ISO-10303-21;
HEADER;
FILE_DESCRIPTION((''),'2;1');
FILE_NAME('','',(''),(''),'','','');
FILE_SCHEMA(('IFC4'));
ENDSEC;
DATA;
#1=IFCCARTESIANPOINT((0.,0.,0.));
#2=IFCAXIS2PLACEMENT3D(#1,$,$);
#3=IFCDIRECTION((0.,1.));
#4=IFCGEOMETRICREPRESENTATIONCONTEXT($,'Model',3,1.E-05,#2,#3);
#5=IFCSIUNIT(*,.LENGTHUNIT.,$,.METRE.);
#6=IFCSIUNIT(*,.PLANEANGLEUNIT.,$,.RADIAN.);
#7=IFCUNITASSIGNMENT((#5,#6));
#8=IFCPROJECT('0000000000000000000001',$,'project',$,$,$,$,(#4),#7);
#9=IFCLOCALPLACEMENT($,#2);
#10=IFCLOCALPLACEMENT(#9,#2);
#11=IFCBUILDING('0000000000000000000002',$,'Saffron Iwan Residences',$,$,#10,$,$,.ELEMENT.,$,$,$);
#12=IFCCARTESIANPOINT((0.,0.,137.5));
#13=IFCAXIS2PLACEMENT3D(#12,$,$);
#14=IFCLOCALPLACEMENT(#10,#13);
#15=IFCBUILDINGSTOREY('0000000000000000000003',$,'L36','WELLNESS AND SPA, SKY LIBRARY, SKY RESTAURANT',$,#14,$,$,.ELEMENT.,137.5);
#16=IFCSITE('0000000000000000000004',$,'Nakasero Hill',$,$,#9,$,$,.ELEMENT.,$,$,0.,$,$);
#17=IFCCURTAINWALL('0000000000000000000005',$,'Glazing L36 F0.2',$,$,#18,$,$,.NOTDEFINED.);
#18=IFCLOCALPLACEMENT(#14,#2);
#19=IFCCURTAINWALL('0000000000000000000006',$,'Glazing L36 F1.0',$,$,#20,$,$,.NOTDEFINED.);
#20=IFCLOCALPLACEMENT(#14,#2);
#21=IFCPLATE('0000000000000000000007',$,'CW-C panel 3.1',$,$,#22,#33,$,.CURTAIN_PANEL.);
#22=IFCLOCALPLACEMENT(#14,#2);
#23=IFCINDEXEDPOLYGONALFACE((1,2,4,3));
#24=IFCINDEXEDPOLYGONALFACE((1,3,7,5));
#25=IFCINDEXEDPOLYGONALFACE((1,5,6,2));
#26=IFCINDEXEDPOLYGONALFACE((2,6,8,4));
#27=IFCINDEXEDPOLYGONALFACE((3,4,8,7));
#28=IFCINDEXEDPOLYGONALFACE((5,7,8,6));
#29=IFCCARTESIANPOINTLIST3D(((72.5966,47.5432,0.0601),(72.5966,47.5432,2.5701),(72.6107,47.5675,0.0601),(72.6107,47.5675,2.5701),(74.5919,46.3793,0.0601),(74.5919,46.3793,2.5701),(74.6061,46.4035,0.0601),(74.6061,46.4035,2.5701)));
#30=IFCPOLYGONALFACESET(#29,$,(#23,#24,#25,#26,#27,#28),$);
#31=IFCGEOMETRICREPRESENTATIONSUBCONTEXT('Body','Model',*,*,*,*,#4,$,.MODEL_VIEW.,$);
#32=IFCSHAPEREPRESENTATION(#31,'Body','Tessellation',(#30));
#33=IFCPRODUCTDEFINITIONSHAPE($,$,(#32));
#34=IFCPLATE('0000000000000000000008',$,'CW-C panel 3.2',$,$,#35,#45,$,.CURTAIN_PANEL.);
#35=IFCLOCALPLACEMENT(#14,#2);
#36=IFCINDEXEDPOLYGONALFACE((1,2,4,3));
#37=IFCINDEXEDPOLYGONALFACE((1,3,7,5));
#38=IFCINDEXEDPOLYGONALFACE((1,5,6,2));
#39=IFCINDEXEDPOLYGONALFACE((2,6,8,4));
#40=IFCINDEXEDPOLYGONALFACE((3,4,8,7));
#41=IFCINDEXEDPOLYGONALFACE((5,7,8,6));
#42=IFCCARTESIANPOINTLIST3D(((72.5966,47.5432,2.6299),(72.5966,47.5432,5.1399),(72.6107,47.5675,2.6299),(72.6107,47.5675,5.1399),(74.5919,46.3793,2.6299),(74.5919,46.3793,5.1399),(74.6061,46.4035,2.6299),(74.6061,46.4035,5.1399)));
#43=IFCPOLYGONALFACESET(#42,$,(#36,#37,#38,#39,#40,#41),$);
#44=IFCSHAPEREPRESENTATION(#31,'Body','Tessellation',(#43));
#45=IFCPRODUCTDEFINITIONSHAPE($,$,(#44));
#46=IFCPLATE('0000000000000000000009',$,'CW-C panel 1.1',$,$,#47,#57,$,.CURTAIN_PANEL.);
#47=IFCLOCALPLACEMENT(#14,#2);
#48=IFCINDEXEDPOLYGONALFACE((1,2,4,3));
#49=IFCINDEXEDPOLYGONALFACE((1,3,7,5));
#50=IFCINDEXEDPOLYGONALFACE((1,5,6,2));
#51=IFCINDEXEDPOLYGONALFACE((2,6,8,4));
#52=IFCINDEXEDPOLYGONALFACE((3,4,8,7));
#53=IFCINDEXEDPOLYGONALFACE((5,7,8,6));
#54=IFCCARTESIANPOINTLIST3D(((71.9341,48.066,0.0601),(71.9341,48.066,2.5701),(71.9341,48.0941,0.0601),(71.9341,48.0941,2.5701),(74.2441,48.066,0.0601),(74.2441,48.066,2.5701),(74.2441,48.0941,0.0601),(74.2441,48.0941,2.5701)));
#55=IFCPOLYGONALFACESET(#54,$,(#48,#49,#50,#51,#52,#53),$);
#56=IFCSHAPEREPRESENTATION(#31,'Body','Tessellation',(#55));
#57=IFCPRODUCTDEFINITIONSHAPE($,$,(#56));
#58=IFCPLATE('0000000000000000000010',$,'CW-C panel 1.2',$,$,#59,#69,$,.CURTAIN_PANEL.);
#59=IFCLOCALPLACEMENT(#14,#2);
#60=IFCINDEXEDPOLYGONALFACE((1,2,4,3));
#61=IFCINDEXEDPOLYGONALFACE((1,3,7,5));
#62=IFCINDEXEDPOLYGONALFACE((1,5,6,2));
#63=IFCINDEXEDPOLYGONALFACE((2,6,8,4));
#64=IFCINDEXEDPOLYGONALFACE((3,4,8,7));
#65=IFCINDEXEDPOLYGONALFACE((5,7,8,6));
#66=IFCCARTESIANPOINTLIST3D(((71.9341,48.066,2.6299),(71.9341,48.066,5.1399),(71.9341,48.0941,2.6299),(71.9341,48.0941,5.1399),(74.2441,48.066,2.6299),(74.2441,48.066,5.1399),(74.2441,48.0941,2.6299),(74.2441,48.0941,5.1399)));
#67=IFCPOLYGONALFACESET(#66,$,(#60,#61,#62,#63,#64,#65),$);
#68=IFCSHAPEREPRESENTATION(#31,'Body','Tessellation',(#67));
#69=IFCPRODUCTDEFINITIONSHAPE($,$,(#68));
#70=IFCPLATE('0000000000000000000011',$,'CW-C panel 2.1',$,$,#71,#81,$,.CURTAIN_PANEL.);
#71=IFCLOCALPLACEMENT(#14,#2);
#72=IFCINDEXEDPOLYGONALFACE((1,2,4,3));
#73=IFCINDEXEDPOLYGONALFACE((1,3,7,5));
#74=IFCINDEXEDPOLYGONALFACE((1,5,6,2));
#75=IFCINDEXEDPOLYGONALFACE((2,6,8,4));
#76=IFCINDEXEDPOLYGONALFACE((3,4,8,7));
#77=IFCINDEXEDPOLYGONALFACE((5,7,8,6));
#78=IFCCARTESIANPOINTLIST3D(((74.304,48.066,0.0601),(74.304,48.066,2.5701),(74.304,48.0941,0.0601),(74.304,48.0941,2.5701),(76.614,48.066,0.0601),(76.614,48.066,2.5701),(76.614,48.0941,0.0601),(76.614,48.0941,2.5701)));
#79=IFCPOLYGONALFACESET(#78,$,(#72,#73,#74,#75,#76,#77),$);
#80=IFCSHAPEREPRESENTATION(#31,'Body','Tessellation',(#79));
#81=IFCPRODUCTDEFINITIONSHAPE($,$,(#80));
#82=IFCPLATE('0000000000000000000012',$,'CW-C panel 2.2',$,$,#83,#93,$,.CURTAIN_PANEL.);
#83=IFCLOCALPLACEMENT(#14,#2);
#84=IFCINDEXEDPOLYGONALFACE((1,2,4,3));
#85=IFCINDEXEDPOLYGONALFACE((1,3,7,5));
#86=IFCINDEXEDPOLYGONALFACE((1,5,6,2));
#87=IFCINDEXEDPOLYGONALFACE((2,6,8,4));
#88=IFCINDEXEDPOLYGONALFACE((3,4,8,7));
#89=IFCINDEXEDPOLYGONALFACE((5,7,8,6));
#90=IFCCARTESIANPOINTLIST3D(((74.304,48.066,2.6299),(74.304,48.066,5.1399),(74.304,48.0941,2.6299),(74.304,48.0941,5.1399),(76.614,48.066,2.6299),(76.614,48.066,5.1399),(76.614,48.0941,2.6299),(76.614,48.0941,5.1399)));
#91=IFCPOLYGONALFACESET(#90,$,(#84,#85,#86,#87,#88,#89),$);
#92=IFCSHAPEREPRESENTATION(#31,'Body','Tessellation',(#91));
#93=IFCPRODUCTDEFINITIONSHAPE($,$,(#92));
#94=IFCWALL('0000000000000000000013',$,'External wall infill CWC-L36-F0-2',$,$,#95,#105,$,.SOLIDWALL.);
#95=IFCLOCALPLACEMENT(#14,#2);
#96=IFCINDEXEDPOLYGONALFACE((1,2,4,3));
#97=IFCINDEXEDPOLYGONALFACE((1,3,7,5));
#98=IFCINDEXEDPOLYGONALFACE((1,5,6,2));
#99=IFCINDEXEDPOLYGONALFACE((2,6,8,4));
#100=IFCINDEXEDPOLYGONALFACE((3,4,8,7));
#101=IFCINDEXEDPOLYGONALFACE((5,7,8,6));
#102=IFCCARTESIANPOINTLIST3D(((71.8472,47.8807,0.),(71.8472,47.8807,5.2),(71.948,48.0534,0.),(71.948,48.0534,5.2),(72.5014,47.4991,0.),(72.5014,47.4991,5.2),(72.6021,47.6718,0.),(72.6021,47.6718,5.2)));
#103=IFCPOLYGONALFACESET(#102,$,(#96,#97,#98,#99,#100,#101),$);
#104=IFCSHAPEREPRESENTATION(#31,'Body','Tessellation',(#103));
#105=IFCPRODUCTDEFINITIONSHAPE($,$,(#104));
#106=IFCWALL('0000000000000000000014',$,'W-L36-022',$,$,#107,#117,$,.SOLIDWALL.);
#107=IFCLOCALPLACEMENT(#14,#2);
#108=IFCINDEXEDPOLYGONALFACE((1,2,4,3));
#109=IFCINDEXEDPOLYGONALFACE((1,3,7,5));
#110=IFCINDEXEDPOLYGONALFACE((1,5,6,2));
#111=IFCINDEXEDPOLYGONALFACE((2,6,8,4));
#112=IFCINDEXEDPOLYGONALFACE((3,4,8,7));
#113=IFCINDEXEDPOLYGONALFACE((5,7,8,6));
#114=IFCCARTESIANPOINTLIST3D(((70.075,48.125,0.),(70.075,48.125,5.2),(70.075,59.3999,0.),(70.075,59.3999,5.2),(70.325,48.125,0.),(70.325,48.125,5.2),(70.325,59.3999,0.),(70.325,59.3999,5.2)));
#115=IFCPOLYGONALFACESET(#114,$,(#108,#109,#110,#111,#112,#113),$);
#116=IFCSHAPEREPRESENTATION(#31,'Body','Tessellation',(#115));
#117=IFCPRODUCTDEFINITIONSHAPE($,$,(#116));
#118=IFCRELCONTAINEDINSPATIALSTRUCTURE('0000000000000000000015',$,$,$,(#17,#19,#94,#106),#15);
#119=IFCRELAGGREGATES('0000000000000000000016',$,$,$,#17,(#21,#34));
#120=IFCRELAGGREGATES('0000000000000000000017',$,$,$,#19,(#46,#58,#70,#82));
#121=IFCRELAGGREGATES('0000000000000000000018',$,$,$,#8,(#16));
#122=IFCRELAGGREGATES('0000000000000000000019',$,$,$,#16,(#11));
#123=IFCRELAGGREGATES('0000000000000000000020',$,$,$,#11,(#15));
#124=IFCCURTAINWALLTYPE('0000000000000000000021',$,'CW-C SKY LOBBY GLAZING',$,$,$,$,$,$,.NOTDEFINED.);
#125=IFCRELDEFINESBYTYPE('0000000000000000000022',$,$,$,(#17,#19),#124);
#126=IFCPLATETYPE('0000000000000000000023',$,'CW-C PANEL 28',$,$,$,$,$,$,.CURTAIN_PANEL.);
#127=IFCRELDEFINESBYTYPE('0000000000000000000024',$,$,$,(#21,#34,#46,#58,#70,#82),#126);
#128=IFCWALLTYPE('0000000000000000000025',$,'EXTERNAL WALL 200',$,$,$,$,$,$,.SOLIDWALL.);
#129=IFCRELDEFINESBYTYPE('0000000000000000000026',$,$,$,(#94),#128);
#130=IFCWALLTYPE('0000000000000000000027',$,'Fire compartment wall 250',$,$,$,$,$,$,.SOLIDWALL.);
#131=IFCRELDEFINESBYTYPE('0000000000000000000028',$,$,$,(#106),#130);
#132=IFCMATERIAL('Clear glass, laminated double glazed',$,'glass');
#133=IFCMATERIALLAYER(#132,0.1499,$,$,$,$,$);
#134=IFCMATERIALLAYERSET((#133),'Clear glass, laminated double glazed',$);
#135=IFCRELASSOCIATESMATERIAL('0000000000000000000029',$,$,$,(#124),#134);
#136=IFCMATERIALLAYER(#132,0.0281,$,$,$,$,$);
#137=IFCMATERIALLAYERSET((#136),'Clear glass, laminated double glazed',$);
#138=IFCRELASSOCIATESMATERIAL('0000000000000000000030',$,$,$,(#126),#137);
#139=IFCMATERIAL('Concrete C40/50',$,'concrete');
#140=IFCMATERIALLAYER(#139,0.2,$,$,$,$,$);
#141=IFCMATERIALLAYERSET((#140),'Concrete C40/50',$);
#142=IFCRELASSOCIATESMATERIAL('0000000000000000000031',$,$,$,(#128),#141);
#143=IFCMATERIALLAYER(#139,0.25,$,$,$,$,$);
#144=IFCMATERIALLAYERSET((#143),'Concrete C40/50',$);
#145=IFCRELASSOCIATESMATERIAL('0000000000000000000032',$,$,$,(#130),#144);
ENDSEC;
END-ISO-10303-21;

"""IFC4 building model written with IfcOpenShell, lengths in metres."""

from ifc_helpers import new_model, si_unit, direction, frame, frame_2d, origin, origin_2d, place, context, subcontext, project, spatial, rectangle, extrude, source, transform, mapped, material, layer, layer_set, type_object, element, aggregate, save


model = new_model("IFC4")

# Units and contexts
model_context = context("Model", 3, precision=1e-05, world=origin(), true_north=direction((0.0, 1.0)))
body_context = subcontext(model_context, "Body", "Model", "MODEL_VIEW")
ifc_project = project(units=[si_unit("LENGTHUNIT", "METRE"), si_unit("PLANEANGLEUNIT", "RADIAN")], contexts=[model_context])

# Site, building, storey
site_placement = place(None, origin())
site = spatial("IfcSite", under=ifc_project, at=site_placement, Name="Nakasero Hill", CompositionType="ELEMENT", RefElevation=0.0)
building_placement = place(site_placement, origin())
building = spatial("IfcBuilding", under=site, at=building_placement, Name="Saffron Iwan Residences", CompositionType="ELEMENT")
storey_placement = place(building_placement, frame((0.0, 0.0, 137.5)))
storey = spatial("IfcBuildingStorey", under=building, at=storey_placement, Name="L36", Description="WELLNESS AND SPA, SKY LIBRARY, SKY RESTAURANT", CompositionType="ELEMENT", Elevation=137.5)

# Curtain wall
ifc_material_1 = material(Name="Clear glass, laminated double glazed", Category="glass")
ifc_layer_1 = layer(ifc_material_1, 0.1499)
ifc_layer_set_1 = layer_set([ifc_layer_1], Name="Clear glass, laminated double glazed")
curtain_wall_type = type_object("IfcCurtainWallType", Name="CW-C SKY LOBBY GLAZING", PredefinedType="NOTDEFINED", material=ifc_layer_set_1)
curtain_wall_1_placement = place(storey_placement, origin())
curtain_wall_1 = element("IfcCurtainWall", 1, at=curtain_wall_1_placement, inside=storey, type_object=curtain_wall_type, Name="Glazing L36 F0.2", PredefinedType="NOTDEFINED")

# Curtain wall
curtain_wall_2_placement = place(storey_placement, origin())
curtain_wall_2 = element("IfcCurtainWall", 2, at=curtain_wall_2_placement, inside=storey, type_object=curtain_wall_type, Name="Glazing L36 F1.0", PredefinedType="NOTDEFINED")

# Plates
ifc_layer_2 = layer(ifc_material_1, 0.0281)
ifc_layer_set_2 = layer_set([ifc_layer_2], Name="Clear glass, laminated double glazed")
plate_type = type_object("IfcPlateType", Name="CW-C PANEL 28", PredefinedType="CURTAIN_PANEL", material=ifc_layer_set_2)
shared_shape_1 = source(origin(), body_context, "Body", "SweptSolid", [
    extrude(rectangle(XDim=2.3101, YDim=0.0281, at=origin_2d()), origin(), (0.0, 0.0, 1.0), 2.51),
])
plate_1_placement = place(storey_placement, frame((73.6013, 46.9734, 0.0601), z_axis=(0.0, 0.0, 1.0), x_axis=(-0.863779, 0.503871, 0.0)))
plate_1 = element("IfcPlate", 3, at=plate_1_placement, type_object=plate_type, Name="CW-C panel 3.1", PredefinedType="CURTAIN_PANEL", context=body_context, shape_type="MappedRepresentation", body=[
    mapped(shared_shape_1, transform((0.0, 0.0, 0.0))),
])
plate_2_placement = place(storey_placement, frame((73.6013, 46.9734, 2.6299), z_axis=(0.0, 0.0, 1.0), x_axis=(-0.863779, 0.503871, 0.0)))
plate_2 = element("IfcPlate", 4, at=plate_2_placement, type_object=plate_type, Name="CW-C panel 3.2", PredefinedType="CURTAIN_PANEL", context=body_context, shape_type="MappedRepresentation", body=[
    mapped(shared_shape_1, transform((0.0, 0.0, 0.0))),
])
aggregate(curtain_wall_1, [plate_1, plate_2])
plate_3_placement = place(storey_placement, frame((73.0891, 48.0801, 0.0601), z_axis=(0.0, 0.0, 1.0), x_axis=(1.0, 0.0, 0.0)))
plate_3 = element("IfcPlate", 5, at=plate_3_placement, type_object=plate_type, Name="CW-C panel 1.1", PredefinedType="CURTAIN_PANEL", context=body_context, shape_type="MappedRepresentation", body=[
    mapped(shared_shape_1, transform((0.0, 0.0, 0.0))),
])
plate_4_placement = place(storey_placement, frame((73.0891, 48.0801, 2.6299), z_axis=(0.0, 0.0, 1.0), x_axis=(1.0, 0.0, 0.0)))
plate_4 = element("IfcPlate", 6, at=plate_4_placement, type_object=plate_type, Name="CW-C panel 1.2", PredefinedType="CURTAIN_PANEL", context=body_context, shape_type="MappedRepresentation", body=[
    mapped(shared_shape_1, transform((0.0, 0.0, 0.0))),
])
plate_5_placement = place(storey_placement, frame((75.459, 48.0801, 0.0601), z_axis=(0.0, 0.0, 1.0), x_axis=(1.0, 0.0, 0.0)))
plate_5 = element("IfcPlate", 7, at=plate_5_placement, type_object=plate_type, Name="CW-C panel 2.1", PredefinedType="CURTAIN_PANEL", context=body_context, shape_type="MappedRepresentation", body=[
    mapped(shared_shape_1, transform((0.0, 0.0, 0.0))),
])
plate_6_placement = place(storey_placement, frame((75.459, 48.0801, 2.6299), z_axis=(0.0, 0.0, 1.0), x_axis=(1.0, 0.0, 0.0)))
plate_6 = element("IfcPlate", 8, at=plate_6_placement, type_object=plate_type, Name="CW-C panel 2.2", PredefinedType="CURTAIN_PANEL", context=body_context, shape_type="MappedRepresentation", body=[
    mapped(shared_shape_1, transform((0.0, 0.0, 0.0))),
])
aggregate(curtain_wall_2, [plate_3, plate_4, plate_5, plate_6])

# Walls
ifc_material_2 = material(Name="Concrete C40/50", Category="concrete")
ifc_layer_3 = layer(ifc_material_2, 0.2)
ifc_layer_set_3 = layer_set([ifc_layer_3], Name="Concrete C40/50")
wall_type_1 = type_object("IfcWallType", Name="EXTERNAL WALL 200", PredefinedType="SOLIDWALL", material=ifc_layer_set_3)
wall_1_placement = place(storey_placement, frame((72.5518, 47.5854, 0.0), z_axis=(0.0, 0.0, 1.0), x_axis=(-0.863744, 0.503931, 0.0)))
element("IfcWall", 9, at=wall_1_placement, inside=storey, type_object=wall_type_1, Name="External wall infill CWC-L36-F0-2", PredefinedType="SOLIDWALL", context=body_context, shape_type="SweptSolid", body=[
    extrude(rectangle(XDim=0.7573, YDim=0.2, at=frame_2d((0.3787, 0.0))), origin(), (0.0, 0.0, 1.0), 5.2),
])
ifc_layer_4 = layer(ifc_material_2, 0.25)
ifc_layer_set_4 = layer_set([ifc_layer_4], Name="Concrete C40/50")
wall_type_2 = type_object("IfcWallType", Name="Fire compartment wall 250", PredefinedType="SOLIDWALL", material=ifc_layer_set_4)
wall_2_placement = place(storey_placement, frame((70.2, 48.125, 0.0), z_axis=(0.0, 0.0, 1.0), x_axis=(0.0, 1.0, 0.0)))
element("IfcWall", 10, at=wall_2_placement, inside=storey, type_object=wall_type_2, Name="W-L36-022", PredefinedType="SOLIDWALL", context=body_context, shape_type="SweptSolid", body=[
    extrude(rectangle(XDim=11.2749, YDim=0.25, at=frame_2d((5.6375, 0.0))), origin(), (0.0, 0.0, 1.0), 5.2),
])

save(model, "model.ifc")
